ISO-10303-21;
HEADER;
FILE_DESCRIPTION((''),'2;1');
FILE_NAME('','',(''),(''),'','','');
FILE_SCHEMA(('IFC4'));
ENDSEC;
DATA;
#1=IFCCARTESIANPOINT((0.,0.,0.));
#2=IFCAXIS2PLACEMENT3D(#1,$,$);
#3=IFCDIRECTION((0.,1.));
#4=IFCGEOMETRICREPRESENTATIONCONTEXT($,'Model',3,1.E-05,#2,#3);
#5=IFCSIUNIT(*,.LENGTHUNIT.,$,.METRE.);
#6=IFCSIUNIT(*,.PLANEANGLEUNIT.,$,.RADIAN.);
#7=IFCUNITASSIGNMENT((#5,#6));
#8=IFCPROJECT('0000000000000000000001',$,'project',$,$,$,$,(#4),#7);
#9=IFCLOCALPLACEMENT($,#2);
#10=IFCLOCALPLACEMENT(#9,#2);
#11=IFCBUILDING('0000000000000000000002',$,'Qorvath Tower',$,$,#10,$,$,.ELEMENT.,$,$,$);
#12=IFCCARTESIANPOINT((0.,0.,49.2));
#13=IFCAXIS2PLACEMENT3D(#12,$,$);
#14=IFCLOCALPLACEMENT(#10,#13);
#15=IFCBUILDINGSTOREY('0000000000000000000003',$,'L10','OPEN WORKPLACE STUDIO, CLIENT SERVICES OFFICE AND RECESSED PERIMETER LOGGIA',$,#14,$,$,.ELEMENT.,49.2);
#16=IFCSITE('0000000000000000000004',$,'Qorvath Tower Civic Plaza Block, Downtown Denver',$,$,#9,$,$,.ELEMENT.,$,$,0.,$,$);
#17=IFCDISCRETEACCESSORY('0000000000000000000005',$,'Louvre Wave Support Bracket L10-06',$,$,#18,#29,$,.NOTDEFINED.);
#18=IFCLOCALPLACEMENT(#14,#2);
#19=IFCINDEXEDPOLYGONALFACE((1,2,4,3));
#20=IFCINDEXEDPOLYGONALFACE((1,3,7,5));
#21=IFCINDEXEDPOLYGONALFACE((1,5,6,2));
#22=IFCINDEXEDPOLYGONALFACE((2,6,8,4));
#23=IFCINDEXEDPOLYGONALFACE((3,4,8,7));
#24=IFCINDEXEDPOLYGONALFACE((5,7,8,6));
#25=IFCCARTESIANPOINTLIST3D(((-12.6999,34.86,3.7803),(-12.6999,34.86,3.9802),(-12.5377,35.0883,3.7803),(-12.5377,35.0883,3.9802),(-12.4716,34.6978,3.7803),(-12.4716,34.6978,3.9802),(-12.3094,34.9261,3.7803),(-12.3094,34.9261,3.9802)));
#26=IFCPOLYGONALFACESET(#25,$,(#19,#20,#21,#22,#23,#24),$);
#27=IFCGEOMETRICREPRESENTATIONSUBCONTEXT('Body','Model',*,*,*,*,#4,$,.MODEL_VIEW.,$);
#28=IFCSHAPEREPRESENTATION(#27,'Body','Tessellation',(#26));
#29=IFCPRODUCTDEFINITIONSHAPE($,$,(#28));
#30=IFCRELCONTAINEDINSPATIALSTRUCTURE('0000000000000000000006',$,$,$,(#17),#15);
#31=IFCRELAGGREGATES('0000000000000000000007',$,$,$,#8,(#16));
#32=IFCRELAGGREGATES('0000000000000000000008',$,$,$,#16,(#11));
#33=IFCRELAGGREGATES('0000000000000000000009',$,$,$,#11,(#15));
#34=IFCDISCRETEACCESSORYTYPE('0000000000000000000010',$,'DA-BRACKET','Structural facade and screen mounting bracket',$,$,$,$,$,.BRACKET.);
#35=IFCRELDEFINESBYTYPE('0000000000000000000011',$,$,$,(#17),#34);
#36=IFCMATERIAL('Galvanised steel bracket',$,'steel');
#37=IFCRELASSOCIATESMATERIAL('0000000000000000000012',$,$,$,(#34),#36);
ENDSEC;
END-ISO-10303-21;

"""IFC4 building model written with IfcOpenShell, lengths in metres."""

from ifc_helpers import new_model, si_unit, direction, frame, origin, origin_2d, place, context, subcontext, project, spatial, rectangle, extrude, material, type_object, element, save


model = new_model("IFC4")

# Units and contexts
model_context = context("Model", 3, precision=1e-05, world=origin(), true_north=direction((0.0, 1.0)))
body_context = subcontext(model_context, "Body", "Model", "MODEL_VIEW")
ifc_project = project(units=[si_unit("LENGTHUNIT", "METRE"), si_unit("PLANEANGLEUNIT", "RADIAN")], contexts=[model_context])

# Site, building, storey
site_placement = place(None, origin())
site = spatial("IfcSite", under=ifc_project, at=site_placement, Name="Qorvath Tower Civic Plaza Block, Downtown Denver", CompositionType="ELEMENT", RefElevation=0.0)
building_placement = place(site_placement, origin())
building = spatial("IfcBuilding", under=site, at=building_placement, Name="Qorvath Tower", CompositionType="ELEMENT")
storey_placement = place(building_placement, frame((0.0, 0.0, 49.2)))
storey = spatial("IfcBuildingStorey", under=building, at=storey_placement, Name="L10", Description="OPEN WORKPLACE STUDIO, CLIENT SERVICES OFFICE AND RECESSED PERIMETER LOGGIA", CompositionType="ELEMENT", Elevation=49.2)

# Discrete accessory
ifc_material_1 = material(Name="Galvanised steel bracket", Category="steel")
discrete_accessory_type = type_object("IfcDiscreteAccessoryType", Name="DA-BRACKET", Description="Structural facade and screen mounting bracket", PredefinedType="BRACKET", material=ifc_material_1)
for number, where, z_axis, x_axis, name in (
    (1, (-12.5046, 34.8931, 3.7803), (0.0, 0.0, 1.0), (-0.815188, 0.579196, 0.0), "Louvre Wave Support Bracket L10-06"),
):
    element("IfcDiscreteAccessory", number, at=place(storey_placement, frame(where, z_axis=z_axis, x_axis=x_axis)), inside=storey, type_object=discrete_accessory_type, Name=name, PredefinedType="NOTDEFINED", context=body_context, shape_type="SweptSolid", body=[
        extrude(rectangle(XDim=0.28, YDim=0.28, at=origin_2d()), origin(), (0.0, 0.0, 1.0), 0.2),
    ])

save(model, "model.ifc")
